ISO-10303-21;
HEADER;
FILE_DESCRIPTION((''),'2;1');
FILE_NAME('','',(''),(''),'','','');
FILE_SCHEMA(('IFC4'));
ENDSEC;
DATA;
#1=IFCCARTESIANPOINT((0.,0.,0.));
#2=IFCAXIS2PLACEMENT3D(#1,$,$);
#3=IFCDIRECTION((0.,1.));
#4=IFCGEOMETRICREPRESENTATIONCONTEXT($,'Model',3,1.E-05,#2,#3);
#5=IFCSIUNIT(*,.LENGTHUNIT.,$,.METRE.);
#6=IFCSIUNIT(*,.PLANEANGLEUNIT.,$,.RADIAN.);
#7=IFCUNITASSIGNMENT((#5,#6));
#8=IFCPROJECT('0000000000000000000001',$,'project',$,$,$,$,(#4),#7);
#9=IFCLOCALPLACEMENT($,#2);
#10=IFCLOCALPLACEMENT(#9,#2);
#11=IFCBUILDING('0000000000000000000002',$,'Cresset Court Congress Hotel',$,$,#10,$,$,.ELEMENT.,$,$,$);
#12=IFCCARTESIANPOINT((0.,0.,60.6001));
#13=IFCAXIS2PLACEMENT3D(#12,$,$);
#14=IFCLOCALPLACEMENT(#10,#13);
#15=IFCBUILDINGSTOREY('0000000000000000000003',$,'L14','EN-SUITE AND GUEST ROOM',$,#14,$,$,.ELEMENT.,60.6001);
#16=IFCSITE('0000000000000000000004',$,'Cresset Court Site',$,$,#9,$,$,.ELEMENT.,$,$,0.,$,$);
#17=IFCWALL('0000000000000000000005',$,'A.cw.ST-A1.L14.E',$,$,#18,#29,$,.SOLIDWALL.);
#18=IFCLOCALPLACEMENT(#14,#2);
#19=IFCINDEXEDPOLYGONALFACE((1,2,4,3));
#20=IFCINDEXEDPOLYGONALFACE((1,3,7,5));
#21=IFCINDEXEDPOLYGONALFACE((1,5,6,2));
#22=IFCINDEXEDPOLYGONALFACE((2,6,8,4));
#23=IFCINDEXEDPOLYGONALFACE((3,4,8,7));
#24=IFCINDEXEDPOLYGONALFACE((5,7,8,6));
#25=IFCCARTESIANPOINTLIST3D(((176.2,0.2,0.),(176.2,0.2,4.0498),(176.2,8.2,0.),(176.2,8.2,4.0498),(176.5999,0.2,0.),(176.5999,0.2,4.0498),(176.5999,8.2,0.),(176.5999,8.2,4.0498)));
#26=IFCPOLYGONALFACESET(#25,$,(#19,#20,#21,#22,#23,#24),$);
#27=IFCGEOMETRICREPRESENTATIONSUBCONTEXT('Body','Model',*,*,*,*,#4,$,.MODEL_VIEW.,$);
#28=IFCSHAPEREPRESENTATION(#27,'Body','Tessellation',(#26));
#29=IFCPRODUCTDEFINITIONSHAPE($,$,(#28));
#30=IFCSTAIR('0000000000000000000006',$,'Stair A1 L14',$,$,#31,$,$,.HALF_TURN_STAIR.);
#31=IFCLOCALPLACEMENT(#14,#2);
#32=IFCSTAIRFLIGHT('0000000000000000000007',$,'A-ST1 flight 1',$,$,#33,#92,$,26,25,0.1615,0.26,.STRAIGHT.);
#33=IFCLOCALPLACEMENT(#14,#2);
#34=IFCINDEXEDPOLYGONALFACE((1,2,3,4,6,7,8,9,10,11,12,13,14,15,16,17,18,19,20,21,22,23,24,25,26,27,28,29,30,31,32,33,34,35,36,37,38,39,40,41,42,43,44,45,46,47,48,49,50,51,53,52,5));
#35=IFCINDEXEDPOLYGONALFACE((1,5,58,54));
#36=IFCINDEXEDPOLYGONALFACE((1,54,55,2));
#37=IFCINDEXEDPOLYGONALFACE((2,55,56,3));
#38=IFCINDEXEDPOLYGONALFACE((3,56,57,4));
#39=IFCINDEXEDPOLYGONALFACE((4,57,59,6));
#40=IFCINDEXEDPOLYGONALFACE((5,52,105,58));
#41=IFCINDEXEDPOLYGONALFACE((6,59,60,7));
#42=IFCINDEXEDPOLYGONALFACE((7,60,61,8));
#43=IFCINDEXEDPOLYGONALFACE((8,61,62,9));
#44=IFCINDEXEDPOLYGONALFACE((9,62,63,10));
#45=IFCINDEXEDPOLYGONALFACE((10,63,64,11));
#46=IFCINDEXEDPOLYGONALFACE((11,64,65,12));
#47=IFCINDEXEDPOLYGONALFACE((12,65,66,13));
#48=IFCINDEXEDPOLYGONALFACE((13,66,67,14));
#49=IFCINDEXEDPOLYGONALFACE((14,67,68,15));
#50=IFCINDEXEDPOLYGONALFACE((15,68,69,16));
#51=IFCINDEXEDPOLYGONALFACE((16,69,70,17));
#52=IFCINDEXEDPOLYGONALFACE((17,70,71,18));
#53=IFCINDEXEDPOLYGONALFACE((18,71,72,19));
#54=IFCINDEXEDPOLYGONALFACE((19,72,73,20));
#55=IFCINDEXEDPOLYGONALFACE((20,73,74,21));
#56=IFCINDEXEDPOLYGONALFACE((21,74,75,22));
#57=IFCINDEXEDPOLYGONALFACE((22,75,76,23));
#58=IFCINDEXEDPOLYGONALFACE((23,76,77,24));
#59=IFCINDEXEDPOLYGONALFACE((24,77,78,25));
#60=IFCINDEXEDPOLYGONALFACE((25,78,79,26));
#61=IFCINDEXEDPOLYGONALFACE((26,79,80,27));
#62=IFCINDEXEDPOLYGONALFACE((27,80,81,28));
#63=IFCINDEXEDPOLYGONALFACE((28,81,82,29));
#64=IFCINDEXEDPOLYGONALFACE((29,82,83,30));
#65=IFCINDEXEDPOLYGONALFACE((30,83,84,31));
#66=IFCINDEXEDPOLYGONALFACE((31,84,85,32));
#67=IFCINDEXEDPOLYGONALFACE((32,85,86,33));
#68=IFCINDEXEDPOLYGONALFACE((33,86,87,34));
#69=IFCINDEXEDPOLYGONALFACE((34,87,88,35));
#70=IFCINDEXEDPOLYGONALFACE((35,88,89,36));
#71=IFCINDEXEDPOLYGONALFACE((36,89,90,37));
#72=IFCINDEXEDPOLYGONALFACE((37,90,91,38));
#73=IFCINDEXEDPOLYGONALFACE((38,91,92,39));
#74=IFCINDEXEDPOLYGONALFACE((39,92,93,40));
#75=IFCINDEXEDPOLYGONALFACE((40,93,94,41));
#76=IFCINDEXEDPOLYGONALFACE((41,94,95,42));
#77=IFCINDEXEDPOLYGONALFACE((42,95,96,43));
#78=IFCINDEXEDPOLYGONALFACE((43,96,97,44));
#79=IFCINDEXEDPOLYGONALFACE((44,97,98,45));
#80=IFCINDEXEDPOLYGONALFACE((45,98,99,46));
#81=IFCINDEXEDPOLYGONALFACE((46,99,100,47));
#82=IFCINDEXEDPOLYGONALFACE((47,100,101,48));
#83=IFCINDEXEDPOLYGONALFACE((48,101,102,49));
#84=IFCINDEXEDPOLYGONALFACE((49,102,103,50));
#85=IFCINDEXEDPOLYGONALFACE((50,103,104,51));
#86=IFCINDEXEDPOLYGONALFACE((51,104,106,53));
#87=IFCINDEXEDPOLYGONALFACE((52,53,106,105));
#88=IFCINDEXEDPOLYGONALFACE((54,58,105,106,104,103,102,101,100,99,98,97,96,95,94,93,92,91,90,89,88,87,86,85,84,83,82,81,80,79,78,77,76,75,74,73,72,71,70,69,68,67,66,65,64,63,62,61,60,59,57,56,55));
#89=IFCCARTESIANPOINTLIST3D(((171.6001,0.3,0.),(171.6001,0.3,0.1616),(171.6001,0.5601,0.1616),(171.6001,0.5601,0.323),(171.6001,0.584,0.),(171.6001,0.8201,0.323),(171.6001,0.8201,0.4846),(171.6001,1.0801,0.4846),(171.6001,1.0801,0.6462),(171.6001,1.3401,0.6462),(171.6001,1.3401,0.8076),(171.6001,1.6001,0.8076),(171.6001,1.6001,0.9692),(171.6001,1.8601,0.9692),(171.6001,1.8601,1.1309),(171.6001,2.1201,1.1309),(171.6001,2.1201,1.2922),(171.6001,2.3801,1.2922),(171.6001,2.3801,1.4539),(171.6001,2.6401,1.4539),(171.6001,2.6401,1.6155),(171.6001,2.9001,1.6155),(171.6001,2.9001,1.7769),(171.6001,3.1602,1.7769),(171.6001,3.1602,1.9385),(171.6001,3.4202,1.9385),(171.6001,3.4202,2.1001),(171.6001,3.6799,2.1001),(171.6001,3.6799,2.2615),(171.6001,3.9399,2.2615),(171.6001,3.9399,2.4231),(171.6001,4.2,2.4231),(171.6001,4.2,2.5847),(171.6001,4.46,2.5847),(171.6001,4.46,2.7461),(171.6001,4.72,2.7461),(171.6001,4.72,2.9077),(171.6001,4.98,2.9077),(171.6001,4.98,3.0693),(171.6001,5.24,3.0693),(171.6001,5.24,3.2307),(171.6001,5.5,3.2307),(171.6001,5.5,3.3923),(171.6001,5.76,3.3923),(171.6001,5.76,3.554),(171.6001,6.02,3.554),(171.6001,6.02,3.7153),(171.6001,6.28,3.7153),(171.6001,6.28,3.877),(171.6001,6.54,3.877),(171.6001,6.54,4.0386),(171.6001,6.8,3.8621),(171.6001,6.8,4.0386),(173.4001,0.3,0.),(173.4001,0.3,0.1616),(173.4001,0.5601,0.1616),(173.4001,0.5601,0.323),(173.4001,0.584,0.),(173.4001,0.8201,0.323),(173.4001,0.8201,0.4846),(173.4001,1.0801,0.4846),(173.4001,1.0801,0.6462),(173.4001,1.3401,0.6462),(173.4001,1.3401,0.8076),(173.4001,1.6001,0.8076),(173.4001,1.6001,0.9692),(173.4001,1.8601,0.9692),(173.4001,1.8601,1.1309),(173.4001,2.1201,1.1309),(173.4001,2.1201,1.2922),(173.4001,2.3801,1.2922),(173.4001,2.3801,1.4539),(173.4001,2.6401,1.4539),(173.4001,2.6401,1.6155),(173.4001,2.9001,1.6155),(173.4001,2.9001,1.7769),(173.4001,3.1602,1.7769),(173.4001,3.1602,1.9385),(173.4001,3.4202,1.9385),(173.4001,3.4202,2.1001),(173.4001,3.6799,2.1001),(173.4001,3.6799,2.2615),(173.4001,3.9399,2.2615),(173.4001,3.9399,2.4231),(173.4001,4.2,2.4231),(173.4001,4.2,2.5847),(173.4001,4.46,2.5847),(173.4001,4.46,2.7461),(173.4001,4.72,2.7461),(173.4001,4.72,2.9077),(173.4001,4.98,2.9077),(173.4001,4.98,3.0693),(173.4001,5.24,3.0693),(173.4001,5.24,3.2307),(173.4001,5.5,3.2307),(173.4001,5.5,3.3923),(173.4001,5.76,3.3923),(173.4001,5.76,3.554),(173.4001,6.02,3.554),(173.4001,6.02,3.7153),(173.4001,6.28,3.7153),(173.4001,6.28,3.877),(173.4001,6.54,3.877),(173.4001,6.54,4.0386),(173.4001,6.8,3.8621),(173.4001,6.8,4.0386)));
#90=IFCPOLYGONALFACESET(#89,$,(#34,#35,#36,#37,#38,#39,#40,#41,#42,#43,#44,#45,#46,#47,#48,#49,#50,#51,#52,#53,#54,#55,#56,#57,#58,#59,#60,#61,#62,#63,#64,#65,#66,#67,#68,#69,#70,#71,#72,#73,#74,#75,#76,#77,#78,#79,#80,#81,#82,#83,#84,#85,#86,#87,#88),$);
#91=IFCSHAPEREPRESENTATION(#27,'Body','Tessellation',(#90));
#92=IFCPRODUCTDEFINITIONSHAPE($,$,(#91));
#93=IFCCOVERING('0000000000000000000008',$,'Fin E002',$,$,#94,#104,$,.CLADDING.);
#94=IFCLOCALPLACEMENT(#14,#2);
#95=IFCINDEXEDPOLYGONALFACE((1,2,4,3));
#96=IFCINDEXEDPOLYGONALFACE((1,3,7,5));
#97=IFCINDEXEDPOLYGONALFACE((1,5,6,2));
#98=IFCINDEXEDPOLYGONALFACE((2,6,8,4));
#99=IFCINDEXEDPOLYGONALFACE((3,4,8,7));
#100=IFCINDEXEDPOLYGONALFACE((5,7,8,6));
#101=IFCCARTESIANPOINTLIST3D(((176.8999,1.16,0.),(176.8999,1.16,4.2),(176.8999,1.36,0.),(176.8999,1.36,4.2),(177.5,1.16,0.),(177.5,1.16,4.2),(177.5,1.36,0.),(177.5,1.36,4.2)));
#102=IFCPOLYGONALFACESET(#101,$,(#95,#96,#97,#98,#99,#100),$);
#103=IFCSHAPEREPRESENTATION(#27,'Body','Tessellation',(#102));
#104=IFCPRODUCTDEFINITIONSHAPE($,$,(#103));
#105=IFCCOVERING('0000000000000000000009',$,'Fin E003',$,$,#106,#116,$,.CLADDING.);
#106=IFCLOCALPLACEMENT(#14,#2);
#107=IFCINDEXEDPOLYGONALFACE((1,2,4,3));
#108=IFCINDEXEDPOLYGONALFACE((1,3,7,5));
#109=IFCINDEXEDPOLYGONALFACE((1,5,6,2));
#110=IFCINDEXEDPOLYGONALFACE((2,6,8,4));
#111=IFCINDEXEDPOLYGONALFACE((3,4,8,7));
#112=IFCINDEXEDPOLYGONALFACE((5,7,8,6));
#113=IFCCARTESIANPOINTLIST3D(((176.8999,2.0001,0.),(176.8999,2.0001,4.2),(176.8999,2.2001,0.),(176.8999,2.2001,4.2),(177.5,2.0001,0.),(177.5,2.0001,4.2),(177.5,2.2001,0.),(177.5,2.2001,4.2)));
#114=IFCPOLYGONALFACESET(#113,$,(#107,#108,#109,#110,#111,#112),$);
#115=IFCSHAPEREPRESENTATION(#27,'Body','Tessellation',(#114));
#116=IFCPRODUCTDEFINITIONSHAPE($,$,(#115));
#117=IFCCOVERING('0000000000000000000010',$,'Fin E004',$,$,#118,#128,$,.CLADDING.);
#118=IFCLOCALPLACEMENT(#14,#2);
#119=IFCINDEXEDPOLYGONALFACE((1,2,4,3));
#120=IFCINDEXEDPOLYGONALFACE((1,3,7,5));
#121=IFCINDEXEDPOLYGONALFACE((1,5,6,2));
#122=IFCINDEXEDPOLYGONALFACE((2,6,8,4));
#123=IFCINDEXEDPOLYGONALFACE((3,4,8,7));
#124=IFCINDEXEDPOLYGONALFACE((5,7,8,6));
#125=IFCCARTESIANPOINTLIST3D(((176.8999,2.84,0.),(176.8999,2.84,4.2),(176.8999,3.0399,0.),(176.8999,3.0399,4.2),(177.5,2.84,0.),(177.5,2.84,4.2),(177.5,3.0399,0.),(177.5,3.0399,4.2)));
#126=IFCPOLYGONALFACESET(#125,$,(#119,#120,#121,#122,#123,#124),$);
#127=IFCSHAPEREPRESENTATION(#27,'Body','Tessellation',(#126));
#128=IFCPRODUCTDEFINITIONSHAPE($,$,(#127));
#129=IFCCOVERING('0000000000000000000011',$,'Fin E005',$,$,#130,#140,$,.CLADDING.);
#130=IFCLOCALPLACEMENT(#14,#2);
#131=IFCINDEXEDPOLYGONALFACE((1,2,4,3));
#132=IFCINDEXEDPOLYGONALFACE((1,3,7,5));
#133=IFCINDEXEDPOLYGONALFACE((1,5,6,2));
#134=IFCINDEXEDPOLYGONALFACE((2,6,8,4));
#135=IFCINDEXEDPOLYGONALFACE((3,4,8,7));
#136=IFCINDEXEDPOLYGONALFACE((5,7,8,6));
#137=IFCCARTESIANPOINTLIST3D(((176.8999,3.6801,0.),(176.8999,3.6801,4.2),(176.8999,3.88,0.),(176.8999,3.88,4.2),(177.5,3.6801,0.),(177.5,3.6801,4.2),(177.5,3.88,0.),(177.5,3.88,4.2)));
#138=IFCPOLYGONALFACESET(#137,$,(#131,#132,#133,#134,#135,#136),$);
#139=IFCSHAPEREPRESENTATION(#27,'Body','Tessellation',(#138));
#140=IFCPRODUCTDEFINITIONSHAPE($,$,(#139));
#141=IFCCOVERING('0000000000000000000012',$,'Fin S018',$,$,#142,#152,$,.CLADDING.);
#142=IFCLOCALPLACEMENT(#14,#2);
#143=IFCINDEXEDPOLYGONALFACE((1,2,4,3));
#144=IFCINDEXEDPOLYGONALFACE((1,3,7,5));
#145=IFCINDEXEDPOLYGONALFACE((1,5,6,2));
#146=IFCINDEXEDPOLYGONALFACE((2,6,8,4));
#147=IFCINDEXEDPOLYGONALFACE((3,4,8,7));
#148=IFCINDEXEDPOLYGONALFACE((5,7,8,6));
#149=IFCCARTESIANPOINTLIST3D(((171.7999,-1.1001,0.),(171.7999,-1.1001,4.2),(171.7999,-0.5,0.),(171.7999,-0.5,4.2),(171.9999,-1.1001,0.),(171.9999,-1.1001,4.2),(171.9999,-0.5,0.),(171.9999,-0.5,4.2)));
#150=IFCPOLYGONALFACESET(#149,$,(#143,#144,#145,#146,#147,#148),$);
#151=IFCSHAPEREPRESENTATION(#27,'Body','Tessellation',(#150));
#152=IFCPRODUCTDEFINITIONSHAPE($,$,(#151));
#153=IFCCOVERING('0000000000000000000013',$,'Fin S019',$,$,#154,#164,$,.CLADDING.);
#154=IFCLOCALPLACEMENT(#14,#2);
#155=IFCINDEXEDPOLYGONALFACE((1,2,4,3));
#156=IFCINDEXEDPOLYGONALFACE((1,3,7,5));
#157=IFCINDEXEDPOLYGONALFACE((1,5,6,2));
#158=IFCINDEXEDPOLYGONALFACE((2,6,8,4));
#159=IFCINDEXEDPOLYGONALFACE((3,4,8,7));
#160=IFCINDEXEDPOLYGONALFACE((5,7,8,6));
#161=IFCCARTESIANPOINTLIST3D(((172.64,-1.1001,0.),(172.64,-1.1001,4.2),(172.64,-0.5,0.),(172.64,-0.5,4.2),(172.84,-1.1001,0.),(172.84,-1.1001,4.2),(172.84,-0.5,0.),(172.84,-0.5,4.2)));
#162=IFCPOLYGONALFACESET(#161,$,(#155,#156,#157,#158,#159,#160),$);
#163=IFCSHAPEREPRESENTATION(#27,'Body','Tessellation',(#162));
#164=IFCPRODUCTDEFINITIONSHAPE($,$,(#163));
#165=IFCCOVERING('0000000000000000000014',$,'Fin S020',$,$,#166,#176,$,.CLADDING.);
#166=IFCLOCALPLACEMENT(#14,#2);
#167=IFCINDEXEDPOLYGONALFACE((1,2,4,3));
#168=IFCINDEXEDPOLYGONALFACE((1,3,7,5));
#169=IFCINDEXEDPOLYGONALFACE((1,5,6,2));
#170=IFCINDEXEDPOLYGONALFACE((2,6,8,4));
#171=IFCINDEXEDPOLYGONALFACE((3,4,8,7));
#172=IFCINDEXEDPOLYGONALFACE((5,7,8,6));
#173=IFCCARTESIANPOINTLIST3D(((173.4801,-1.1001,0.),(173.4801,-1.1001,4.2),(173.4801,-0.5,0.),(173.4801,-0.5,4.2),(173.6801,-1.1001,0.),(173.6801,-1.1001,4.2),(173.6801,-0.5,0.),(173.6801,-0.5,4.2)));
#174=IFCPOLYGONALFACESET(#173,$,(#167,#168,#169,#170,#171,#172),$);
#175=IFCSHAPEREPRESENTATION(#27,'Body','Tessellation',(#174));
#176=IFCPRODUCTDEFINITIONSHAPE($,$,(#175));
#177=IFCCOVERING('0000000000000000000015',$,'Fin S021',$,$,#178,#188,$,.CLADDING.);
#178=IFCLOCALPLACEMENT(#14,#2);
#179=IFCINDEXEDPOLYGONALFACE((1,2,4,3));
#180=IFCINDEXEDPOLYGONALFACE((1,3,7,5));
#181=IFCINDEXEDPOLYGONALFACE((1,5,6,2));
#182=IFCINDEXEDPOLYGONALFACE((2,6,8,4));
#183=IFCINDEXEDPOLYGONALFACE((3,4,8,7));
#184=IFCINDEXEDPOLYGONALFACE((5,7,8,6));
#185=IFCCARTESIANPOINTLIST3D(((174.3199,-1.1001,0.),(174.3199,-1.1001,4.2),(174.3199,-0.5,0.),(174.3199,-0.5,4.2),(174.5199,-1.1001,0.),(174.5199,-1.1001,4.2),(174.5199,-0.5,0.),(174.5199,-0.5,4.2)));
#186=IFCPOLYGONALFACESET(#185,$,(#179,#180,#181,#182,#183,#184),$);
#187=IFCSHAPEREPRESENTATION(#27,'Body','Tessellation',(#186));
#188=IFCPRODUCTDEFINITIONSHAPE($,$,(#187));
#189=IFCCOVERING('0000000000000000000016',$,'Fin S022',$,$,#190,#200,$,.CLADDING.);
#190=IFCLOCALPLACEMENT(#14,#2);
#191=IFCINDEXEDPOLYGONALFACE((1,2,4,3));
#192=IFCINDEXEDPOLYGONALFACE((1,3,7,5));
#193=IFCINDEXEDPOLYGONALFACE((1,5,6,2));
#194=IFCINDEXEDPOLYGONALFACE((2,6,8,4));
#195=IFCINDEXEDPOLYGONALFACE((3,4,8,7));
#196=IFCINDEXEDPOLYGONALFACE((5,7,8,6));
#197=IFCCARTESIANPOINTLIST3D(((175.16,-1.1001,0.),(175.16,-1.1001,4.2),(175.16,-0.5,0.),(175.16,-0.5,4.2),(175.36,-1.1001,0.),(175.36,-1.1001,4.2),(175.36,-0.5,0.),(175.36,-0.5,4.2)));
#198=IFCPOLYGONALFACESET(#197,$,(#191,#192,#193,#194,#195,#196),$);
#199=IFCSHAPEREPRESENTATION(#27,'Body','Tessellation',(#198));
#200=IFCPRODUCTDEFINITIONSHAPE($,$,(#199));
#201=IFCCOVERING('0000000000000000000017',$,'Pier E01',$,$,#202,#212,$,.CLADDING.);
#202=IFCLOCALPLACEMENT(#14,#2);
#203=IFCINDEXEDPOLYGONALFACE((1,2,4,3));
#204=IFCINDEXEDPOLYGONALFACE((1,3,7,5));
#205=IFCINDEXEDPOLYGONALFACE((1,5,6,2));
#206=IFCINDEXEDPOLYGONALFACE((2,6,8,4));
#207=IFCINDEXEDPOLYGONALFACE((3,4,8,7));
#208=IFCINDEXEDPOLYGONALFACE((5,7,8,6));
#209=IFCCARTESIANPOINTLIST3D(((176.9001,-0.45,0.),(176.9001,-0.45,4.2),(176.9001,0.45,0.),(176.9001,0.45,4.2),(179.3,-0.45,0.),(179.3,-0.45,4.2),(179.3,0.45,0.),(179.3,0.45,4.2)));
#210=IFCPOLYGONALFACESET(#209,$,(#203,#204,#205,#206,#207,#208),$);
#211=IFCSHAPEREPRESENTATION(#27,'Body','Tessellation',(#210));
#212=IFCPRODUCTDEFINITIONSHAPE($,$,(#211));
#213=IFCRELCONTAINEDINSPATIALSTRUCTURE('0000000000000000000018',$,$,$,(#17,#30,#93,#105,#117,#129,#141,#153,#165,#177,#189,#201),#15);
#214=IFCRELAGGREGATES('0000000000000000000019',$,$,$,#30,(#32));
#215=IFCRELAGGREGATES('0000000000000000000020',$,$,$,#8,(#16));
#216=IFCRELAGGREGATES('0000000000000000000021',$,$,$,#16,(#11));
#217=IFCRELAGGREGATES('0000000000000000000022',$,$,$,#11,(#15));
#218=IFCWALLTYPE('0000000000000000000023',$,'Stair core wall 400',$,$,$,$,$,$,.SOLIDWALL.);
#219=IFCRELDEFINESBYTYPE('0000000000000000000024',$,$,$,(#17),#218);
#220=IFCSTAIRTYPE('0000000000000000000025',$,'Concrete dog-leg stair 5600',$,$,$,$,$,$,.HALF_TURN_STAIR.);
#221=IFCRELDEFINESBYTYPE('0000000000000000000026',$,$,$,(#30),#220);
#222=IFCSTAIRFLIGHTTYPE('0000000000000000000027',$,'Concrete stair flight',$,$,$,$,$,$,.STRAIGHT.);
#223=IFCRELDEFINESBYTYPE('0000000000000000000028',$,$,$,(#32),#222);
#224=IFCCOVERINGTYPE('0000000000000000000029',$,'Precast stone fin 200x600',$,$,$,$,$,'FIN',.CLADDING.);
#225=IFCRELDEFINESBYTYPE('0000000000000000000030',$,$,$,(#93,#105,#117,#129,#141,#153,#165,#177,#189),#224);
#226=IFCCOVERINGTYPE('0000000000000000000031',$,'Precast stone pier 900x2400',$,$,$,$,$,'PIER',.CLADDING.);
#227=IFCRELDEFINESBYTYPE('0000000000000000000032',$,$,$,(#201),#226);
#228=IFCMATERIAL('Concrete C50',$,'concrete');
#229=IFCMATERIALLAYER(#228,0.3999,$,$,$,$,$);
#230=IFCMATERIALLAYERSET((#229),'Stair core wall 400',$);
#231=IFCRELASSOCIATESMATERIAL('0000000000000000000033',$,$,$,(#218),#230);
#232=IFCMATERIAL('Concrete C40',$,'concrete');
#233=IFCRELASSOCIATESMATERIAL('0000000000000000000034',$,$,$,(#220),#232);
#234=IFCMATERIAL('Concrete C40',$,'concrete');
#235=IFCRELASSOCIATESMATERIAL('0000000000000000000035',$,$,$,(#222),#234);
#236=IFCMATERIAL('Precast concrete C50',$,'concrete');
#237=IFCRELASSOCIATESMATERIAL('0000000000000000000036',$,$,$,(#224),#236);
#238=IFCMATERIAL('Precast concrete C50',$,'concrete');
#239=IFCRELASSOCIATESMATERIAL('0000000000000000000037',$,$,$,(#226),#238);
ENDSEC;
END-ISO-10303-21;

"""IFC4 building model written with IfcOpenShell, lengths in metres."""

from ifc_helpers import new_model, si_unit, direction, frame, frame_2d, origin, origin_2d, place, context, subcontext, project, spatial, polyline, rectangle, outline, extrude, material, layer, layer_set, type_object, element, aggregate, save


model = new_model("IFC4")

# Units and contexts
model_context = context("Model", 3, precision=1e-05, world=origin(), true_north=direction((0.0, 1.0)))
body_context = subcontext(model_context, "Body", "Model", "MODEL_VIEW")
ifc_project = project(units=[si_unit("LENGTHUNIT", "METRE"), si_unit("PLANEANGLEUNIT", "RADIAN")], contexts=[model_context])

# Site, building, storey
site_placement = place(None, origin())
site = spatial("IfcSite", under=ifc_project, at=site_placement, Name="Cresset Court Site", CompositionType="ELEMENT", RefElevation=0.0)
building_placement = place(site_placement, origin())
building = spatial("IfcBuilding", under=site, at=building_placement, Name="Cresset Court Congress Hotel", CompositionType="ELEMENT")
storey_placement = place(building_placement, frame((0.0, 0.0, 60.6001)))
storey = spatial("IfcBuildingStorey", under=building, at=storey_placement, Name="L14", Description="EN-SUITE AND GUEST ROOM", CompositionType="ELEMENT", Elevation=60.6001)

# Wall
ifc_material_1 = material(Name="Concrete C50", Category="concrete")
ifc_layer_1 = layer(ifc_material_1, 0.3999)
ifc_layer_set_1 = layer_set([ifc_layer_1], Name="Stair core wall 400")
wall_type_1 = type_object("IfcWallType", Name="Stair core wall 400", PredefinedType="SOLIDWALL", material=ifc_layer_set_1)
wall_1_placement = place(storey_placement, frame((176.3999, 0.2, 0.0), z_axis=(0.0, 0.0, 1.0), x_axis=(0.0, 1.0, 0.0)))
element("IfcWall", 1, at=wall_1_placement, inside=storey, type_object=wall_type_1, Name="A.cw.ST-A1.L14.E", PredefinedType="SOLIDWALL", context=body_context, shape_type="SweptSolid", body=[
    extrude(rectangle(XDim=8.0, YDim=0.3999, at=frame_2d((4.0, 0.0))), origin(), (0.0, 0.0, 1.0), 4.0498),
])

# Stair, stair flight
ifc_material_2 = material(Name="Concrete C40", Category="concrete")
stair_type = type_object("IfcStairType", Name="Concrete dog-leg stair 5600", PredefinedType="HALF_TURN_STAIR", material=ifc_material_2)
stair_placement = place(storey_placement, origin())
stair = element("IfcStair", 2, at=stair_placement, inside=storey, type_object=stair_type, Name="Stair A1 L14", PredefinedType="HALF_TURN_STAIR")
ifc_material_3 = material(Name="Concrete C40", Category="concrete")
stair_flight_type = type_object("IfcStairFlightType", Name="Concrete stair flight", PredefinedType="STRAIGHT", material=ifc_material_3)
stair_flight_placement = place(storey_placement, frame((172.5, 0.3, 0.0), z_axis=(0.0, 0.0, 1.0), x_axis=(0.0, 1.0, 0.0)))
stair_flight = element("IfcStairFlight", 3, at=stair_flight_placement, type_object=stair_flight_type, Name="A-ST1 flight 1", NumberOfRisers=26, NumberOfTreads=25, PredefinedType="STRAIGHT", RiserHeight=0.1615, TreadLength=0.26, context=body_context, shape_type="SweptSolid", body=[
    extrude(outline(polyline([(0.0, 0.0), (0.0, 0.1616), (0.26, 0.1616), (0.26, 0.323), (0.52, 0.323), (0.52, 0.4846), (0.78, 0.4846), (0.78, 0.6462), (1.04, 0.6462), (1.04, 0.8076), (1.3, 0.8076), (1.3, 0.9692), (1.5601, 0.9692), (1.5601, 1.1309), (1.8201, 1.1309), (1.8201, 1.2922), (2.0801, 1.2922), (2.0801, 1.4539), (2.3401, 1.4539), (2.3401, 1.6155), (2.6001, 1.6155), (2.6001, 1.7769), (2.8601, 1.7769), (2.8601, 1.9385), (3.1201, 1.9385), (3.1201, 2.1001), (3.3799, 2.1001), (3.3799, 2.2615), (3.6399, 2.2615), (3.6399, 2.4231), (3.8999, 2.4231), (3.8999, 2.5847), (4.1599, 2.5847), (4.1599, 2.7461), (4.4199, 2.7461), (4.4199, 2.9077), (4.6799, 2.9077), (4.6799, 3.0693), (4.9399, 3.0693), (4.9399, 3.2307), (5.2, 3.2307), (5.2, 3.3923), (5.46, 3.3923), (5.46, 3.554), (5.72, 3.554), (5.72, 3.7153), (5.98, 3.7153), (5.98, 3.877), (6.24, 3.877), (6.24, 4.0386), (6.5, 4.0386), (6.5, 4.2), (6.5, 3.8621), (0.2839, 0.0), (0.0, 0.0)])), frame((0.0, 0.8999, 0.0), z_axis=(0.0, -1.0, 0.0), x_axis=(1.0, 0.0, 0.0)), (0.0, 0.0, 1.0), 1.8),
])
aggregate(stair, [stair_flight])

# Coverings
ifc_material_4 = material(Name="Precast concrete C50", Category="concrete")
covering_type_1 = type_object("IfcCoveringType", Name="Precast stone fin 200x600", ElementType="FIN", PredefinedType="CLADDING", material=ifc_material_4)
for number, where, z_axis, x_axis, name in (
    (4, (177.2, 1.26, 0.0), (0.0, 0.0, 1.0), (1.0, 0.0, 0.0), "Fin E002"),
    (5, (177.2, 2.1001, 0.0), (0.0, 0.0, 1.0), (1.0, 0.0, 0.0), "Fin E003"),
    (6, (177.2, 2.9399, 0.0), (0.0, 0.0, 1.0), (1.0, 0.0, 0.0), "Fin E004"),
    (7, (177.2, 3.78, 0.0), (0.0, 0.0, 1.0), (1.0, 0.0, 0.0), "Fin E005"),
):
    element("IfcCovering", number, at=place(storey_placement, frame(where, z_axis=z_axis, x_axis=x_axis)), inside=storey, type_object=covering_type_1, Name=name, PredefinedType="CLADDING", context=body_context, shape_type="SweptSolid", body=[
        extrude(rectangle(XDim=0.6001, YDim=0.2, at=origin_2d()), origin(), (0.0, 0.0, 1.0), 4.2),
    ])
for number, where, z_axis, x_axis, name in (
    (8, (171.8999, -0.8, 0.0), (0.0, 0.0, 1.0), (1.0, 0.0, 0.0), "Fin S018"),
    (9, (172.74, -0.8, 0.0), (0.0, 0.0, 1.0), (1.0, 0.0, 0.0), "Fin S019"),
    (10, (173.5801, -0.8, 0.0), (0.0, 0.0, 1.0), (1.0, 0.0, 0.0), "Fin S020"),
    (11, (174.4199, -0.8, 0.0), (0.0, 0.0, 1.0), (1.0, 0.0, 0.0), "Fin S021"),
    (12, (175.26, -0.8, 0.0), (0.0, 0.0, 1.0), (1.0, 0.0, 0.0), "Fin S022"),
):
    element("IfcCovering", number, at=place(storey_placement, frame(where, z_axis=z_axis, x_axis=x_axis)), inside=storey, type_object=covering_type_1, Name=name, PredefinedType="CLADDING", context=body_context, shape_type="SweptSolid", body=[
        extrude(rectangle(XDim=0.2, YDim=0.6001, at=origin_2d()), origin(), (0.0, 0.0, 1.0), 4.2),
    ])
ifc_material_5 = material(Name="Precast concrete C50", Category="concrete")
covering_type_2 = type_object("IfcCoveringType", Name="Precast stone pier 900x2400", ElementType="PIER", PredefinedType="CLADDING", material=ifc_material_5)
covering_1_placement = place(storey_placement, frame((178.1001, 0.0, 0.0), z_axis=(0.0, 0.0, 1.0), x_axis=(1.0, 0.0, 0.0)))
element("IfcCovering", 13, at=covering_1_placement, inside=storey, type_object=covering_type_2, Name="Pier E01", PredefinedType="CLADDING", context=body_context, shape_type="SweptSolid", body=[
    extrude(rectangle(XDim=2.3999, YDim=0.8999, at=origin_2d()), origin(), (0.0, 0.0, 1.0), 4.2),
])

save(model, "model.ifc")
